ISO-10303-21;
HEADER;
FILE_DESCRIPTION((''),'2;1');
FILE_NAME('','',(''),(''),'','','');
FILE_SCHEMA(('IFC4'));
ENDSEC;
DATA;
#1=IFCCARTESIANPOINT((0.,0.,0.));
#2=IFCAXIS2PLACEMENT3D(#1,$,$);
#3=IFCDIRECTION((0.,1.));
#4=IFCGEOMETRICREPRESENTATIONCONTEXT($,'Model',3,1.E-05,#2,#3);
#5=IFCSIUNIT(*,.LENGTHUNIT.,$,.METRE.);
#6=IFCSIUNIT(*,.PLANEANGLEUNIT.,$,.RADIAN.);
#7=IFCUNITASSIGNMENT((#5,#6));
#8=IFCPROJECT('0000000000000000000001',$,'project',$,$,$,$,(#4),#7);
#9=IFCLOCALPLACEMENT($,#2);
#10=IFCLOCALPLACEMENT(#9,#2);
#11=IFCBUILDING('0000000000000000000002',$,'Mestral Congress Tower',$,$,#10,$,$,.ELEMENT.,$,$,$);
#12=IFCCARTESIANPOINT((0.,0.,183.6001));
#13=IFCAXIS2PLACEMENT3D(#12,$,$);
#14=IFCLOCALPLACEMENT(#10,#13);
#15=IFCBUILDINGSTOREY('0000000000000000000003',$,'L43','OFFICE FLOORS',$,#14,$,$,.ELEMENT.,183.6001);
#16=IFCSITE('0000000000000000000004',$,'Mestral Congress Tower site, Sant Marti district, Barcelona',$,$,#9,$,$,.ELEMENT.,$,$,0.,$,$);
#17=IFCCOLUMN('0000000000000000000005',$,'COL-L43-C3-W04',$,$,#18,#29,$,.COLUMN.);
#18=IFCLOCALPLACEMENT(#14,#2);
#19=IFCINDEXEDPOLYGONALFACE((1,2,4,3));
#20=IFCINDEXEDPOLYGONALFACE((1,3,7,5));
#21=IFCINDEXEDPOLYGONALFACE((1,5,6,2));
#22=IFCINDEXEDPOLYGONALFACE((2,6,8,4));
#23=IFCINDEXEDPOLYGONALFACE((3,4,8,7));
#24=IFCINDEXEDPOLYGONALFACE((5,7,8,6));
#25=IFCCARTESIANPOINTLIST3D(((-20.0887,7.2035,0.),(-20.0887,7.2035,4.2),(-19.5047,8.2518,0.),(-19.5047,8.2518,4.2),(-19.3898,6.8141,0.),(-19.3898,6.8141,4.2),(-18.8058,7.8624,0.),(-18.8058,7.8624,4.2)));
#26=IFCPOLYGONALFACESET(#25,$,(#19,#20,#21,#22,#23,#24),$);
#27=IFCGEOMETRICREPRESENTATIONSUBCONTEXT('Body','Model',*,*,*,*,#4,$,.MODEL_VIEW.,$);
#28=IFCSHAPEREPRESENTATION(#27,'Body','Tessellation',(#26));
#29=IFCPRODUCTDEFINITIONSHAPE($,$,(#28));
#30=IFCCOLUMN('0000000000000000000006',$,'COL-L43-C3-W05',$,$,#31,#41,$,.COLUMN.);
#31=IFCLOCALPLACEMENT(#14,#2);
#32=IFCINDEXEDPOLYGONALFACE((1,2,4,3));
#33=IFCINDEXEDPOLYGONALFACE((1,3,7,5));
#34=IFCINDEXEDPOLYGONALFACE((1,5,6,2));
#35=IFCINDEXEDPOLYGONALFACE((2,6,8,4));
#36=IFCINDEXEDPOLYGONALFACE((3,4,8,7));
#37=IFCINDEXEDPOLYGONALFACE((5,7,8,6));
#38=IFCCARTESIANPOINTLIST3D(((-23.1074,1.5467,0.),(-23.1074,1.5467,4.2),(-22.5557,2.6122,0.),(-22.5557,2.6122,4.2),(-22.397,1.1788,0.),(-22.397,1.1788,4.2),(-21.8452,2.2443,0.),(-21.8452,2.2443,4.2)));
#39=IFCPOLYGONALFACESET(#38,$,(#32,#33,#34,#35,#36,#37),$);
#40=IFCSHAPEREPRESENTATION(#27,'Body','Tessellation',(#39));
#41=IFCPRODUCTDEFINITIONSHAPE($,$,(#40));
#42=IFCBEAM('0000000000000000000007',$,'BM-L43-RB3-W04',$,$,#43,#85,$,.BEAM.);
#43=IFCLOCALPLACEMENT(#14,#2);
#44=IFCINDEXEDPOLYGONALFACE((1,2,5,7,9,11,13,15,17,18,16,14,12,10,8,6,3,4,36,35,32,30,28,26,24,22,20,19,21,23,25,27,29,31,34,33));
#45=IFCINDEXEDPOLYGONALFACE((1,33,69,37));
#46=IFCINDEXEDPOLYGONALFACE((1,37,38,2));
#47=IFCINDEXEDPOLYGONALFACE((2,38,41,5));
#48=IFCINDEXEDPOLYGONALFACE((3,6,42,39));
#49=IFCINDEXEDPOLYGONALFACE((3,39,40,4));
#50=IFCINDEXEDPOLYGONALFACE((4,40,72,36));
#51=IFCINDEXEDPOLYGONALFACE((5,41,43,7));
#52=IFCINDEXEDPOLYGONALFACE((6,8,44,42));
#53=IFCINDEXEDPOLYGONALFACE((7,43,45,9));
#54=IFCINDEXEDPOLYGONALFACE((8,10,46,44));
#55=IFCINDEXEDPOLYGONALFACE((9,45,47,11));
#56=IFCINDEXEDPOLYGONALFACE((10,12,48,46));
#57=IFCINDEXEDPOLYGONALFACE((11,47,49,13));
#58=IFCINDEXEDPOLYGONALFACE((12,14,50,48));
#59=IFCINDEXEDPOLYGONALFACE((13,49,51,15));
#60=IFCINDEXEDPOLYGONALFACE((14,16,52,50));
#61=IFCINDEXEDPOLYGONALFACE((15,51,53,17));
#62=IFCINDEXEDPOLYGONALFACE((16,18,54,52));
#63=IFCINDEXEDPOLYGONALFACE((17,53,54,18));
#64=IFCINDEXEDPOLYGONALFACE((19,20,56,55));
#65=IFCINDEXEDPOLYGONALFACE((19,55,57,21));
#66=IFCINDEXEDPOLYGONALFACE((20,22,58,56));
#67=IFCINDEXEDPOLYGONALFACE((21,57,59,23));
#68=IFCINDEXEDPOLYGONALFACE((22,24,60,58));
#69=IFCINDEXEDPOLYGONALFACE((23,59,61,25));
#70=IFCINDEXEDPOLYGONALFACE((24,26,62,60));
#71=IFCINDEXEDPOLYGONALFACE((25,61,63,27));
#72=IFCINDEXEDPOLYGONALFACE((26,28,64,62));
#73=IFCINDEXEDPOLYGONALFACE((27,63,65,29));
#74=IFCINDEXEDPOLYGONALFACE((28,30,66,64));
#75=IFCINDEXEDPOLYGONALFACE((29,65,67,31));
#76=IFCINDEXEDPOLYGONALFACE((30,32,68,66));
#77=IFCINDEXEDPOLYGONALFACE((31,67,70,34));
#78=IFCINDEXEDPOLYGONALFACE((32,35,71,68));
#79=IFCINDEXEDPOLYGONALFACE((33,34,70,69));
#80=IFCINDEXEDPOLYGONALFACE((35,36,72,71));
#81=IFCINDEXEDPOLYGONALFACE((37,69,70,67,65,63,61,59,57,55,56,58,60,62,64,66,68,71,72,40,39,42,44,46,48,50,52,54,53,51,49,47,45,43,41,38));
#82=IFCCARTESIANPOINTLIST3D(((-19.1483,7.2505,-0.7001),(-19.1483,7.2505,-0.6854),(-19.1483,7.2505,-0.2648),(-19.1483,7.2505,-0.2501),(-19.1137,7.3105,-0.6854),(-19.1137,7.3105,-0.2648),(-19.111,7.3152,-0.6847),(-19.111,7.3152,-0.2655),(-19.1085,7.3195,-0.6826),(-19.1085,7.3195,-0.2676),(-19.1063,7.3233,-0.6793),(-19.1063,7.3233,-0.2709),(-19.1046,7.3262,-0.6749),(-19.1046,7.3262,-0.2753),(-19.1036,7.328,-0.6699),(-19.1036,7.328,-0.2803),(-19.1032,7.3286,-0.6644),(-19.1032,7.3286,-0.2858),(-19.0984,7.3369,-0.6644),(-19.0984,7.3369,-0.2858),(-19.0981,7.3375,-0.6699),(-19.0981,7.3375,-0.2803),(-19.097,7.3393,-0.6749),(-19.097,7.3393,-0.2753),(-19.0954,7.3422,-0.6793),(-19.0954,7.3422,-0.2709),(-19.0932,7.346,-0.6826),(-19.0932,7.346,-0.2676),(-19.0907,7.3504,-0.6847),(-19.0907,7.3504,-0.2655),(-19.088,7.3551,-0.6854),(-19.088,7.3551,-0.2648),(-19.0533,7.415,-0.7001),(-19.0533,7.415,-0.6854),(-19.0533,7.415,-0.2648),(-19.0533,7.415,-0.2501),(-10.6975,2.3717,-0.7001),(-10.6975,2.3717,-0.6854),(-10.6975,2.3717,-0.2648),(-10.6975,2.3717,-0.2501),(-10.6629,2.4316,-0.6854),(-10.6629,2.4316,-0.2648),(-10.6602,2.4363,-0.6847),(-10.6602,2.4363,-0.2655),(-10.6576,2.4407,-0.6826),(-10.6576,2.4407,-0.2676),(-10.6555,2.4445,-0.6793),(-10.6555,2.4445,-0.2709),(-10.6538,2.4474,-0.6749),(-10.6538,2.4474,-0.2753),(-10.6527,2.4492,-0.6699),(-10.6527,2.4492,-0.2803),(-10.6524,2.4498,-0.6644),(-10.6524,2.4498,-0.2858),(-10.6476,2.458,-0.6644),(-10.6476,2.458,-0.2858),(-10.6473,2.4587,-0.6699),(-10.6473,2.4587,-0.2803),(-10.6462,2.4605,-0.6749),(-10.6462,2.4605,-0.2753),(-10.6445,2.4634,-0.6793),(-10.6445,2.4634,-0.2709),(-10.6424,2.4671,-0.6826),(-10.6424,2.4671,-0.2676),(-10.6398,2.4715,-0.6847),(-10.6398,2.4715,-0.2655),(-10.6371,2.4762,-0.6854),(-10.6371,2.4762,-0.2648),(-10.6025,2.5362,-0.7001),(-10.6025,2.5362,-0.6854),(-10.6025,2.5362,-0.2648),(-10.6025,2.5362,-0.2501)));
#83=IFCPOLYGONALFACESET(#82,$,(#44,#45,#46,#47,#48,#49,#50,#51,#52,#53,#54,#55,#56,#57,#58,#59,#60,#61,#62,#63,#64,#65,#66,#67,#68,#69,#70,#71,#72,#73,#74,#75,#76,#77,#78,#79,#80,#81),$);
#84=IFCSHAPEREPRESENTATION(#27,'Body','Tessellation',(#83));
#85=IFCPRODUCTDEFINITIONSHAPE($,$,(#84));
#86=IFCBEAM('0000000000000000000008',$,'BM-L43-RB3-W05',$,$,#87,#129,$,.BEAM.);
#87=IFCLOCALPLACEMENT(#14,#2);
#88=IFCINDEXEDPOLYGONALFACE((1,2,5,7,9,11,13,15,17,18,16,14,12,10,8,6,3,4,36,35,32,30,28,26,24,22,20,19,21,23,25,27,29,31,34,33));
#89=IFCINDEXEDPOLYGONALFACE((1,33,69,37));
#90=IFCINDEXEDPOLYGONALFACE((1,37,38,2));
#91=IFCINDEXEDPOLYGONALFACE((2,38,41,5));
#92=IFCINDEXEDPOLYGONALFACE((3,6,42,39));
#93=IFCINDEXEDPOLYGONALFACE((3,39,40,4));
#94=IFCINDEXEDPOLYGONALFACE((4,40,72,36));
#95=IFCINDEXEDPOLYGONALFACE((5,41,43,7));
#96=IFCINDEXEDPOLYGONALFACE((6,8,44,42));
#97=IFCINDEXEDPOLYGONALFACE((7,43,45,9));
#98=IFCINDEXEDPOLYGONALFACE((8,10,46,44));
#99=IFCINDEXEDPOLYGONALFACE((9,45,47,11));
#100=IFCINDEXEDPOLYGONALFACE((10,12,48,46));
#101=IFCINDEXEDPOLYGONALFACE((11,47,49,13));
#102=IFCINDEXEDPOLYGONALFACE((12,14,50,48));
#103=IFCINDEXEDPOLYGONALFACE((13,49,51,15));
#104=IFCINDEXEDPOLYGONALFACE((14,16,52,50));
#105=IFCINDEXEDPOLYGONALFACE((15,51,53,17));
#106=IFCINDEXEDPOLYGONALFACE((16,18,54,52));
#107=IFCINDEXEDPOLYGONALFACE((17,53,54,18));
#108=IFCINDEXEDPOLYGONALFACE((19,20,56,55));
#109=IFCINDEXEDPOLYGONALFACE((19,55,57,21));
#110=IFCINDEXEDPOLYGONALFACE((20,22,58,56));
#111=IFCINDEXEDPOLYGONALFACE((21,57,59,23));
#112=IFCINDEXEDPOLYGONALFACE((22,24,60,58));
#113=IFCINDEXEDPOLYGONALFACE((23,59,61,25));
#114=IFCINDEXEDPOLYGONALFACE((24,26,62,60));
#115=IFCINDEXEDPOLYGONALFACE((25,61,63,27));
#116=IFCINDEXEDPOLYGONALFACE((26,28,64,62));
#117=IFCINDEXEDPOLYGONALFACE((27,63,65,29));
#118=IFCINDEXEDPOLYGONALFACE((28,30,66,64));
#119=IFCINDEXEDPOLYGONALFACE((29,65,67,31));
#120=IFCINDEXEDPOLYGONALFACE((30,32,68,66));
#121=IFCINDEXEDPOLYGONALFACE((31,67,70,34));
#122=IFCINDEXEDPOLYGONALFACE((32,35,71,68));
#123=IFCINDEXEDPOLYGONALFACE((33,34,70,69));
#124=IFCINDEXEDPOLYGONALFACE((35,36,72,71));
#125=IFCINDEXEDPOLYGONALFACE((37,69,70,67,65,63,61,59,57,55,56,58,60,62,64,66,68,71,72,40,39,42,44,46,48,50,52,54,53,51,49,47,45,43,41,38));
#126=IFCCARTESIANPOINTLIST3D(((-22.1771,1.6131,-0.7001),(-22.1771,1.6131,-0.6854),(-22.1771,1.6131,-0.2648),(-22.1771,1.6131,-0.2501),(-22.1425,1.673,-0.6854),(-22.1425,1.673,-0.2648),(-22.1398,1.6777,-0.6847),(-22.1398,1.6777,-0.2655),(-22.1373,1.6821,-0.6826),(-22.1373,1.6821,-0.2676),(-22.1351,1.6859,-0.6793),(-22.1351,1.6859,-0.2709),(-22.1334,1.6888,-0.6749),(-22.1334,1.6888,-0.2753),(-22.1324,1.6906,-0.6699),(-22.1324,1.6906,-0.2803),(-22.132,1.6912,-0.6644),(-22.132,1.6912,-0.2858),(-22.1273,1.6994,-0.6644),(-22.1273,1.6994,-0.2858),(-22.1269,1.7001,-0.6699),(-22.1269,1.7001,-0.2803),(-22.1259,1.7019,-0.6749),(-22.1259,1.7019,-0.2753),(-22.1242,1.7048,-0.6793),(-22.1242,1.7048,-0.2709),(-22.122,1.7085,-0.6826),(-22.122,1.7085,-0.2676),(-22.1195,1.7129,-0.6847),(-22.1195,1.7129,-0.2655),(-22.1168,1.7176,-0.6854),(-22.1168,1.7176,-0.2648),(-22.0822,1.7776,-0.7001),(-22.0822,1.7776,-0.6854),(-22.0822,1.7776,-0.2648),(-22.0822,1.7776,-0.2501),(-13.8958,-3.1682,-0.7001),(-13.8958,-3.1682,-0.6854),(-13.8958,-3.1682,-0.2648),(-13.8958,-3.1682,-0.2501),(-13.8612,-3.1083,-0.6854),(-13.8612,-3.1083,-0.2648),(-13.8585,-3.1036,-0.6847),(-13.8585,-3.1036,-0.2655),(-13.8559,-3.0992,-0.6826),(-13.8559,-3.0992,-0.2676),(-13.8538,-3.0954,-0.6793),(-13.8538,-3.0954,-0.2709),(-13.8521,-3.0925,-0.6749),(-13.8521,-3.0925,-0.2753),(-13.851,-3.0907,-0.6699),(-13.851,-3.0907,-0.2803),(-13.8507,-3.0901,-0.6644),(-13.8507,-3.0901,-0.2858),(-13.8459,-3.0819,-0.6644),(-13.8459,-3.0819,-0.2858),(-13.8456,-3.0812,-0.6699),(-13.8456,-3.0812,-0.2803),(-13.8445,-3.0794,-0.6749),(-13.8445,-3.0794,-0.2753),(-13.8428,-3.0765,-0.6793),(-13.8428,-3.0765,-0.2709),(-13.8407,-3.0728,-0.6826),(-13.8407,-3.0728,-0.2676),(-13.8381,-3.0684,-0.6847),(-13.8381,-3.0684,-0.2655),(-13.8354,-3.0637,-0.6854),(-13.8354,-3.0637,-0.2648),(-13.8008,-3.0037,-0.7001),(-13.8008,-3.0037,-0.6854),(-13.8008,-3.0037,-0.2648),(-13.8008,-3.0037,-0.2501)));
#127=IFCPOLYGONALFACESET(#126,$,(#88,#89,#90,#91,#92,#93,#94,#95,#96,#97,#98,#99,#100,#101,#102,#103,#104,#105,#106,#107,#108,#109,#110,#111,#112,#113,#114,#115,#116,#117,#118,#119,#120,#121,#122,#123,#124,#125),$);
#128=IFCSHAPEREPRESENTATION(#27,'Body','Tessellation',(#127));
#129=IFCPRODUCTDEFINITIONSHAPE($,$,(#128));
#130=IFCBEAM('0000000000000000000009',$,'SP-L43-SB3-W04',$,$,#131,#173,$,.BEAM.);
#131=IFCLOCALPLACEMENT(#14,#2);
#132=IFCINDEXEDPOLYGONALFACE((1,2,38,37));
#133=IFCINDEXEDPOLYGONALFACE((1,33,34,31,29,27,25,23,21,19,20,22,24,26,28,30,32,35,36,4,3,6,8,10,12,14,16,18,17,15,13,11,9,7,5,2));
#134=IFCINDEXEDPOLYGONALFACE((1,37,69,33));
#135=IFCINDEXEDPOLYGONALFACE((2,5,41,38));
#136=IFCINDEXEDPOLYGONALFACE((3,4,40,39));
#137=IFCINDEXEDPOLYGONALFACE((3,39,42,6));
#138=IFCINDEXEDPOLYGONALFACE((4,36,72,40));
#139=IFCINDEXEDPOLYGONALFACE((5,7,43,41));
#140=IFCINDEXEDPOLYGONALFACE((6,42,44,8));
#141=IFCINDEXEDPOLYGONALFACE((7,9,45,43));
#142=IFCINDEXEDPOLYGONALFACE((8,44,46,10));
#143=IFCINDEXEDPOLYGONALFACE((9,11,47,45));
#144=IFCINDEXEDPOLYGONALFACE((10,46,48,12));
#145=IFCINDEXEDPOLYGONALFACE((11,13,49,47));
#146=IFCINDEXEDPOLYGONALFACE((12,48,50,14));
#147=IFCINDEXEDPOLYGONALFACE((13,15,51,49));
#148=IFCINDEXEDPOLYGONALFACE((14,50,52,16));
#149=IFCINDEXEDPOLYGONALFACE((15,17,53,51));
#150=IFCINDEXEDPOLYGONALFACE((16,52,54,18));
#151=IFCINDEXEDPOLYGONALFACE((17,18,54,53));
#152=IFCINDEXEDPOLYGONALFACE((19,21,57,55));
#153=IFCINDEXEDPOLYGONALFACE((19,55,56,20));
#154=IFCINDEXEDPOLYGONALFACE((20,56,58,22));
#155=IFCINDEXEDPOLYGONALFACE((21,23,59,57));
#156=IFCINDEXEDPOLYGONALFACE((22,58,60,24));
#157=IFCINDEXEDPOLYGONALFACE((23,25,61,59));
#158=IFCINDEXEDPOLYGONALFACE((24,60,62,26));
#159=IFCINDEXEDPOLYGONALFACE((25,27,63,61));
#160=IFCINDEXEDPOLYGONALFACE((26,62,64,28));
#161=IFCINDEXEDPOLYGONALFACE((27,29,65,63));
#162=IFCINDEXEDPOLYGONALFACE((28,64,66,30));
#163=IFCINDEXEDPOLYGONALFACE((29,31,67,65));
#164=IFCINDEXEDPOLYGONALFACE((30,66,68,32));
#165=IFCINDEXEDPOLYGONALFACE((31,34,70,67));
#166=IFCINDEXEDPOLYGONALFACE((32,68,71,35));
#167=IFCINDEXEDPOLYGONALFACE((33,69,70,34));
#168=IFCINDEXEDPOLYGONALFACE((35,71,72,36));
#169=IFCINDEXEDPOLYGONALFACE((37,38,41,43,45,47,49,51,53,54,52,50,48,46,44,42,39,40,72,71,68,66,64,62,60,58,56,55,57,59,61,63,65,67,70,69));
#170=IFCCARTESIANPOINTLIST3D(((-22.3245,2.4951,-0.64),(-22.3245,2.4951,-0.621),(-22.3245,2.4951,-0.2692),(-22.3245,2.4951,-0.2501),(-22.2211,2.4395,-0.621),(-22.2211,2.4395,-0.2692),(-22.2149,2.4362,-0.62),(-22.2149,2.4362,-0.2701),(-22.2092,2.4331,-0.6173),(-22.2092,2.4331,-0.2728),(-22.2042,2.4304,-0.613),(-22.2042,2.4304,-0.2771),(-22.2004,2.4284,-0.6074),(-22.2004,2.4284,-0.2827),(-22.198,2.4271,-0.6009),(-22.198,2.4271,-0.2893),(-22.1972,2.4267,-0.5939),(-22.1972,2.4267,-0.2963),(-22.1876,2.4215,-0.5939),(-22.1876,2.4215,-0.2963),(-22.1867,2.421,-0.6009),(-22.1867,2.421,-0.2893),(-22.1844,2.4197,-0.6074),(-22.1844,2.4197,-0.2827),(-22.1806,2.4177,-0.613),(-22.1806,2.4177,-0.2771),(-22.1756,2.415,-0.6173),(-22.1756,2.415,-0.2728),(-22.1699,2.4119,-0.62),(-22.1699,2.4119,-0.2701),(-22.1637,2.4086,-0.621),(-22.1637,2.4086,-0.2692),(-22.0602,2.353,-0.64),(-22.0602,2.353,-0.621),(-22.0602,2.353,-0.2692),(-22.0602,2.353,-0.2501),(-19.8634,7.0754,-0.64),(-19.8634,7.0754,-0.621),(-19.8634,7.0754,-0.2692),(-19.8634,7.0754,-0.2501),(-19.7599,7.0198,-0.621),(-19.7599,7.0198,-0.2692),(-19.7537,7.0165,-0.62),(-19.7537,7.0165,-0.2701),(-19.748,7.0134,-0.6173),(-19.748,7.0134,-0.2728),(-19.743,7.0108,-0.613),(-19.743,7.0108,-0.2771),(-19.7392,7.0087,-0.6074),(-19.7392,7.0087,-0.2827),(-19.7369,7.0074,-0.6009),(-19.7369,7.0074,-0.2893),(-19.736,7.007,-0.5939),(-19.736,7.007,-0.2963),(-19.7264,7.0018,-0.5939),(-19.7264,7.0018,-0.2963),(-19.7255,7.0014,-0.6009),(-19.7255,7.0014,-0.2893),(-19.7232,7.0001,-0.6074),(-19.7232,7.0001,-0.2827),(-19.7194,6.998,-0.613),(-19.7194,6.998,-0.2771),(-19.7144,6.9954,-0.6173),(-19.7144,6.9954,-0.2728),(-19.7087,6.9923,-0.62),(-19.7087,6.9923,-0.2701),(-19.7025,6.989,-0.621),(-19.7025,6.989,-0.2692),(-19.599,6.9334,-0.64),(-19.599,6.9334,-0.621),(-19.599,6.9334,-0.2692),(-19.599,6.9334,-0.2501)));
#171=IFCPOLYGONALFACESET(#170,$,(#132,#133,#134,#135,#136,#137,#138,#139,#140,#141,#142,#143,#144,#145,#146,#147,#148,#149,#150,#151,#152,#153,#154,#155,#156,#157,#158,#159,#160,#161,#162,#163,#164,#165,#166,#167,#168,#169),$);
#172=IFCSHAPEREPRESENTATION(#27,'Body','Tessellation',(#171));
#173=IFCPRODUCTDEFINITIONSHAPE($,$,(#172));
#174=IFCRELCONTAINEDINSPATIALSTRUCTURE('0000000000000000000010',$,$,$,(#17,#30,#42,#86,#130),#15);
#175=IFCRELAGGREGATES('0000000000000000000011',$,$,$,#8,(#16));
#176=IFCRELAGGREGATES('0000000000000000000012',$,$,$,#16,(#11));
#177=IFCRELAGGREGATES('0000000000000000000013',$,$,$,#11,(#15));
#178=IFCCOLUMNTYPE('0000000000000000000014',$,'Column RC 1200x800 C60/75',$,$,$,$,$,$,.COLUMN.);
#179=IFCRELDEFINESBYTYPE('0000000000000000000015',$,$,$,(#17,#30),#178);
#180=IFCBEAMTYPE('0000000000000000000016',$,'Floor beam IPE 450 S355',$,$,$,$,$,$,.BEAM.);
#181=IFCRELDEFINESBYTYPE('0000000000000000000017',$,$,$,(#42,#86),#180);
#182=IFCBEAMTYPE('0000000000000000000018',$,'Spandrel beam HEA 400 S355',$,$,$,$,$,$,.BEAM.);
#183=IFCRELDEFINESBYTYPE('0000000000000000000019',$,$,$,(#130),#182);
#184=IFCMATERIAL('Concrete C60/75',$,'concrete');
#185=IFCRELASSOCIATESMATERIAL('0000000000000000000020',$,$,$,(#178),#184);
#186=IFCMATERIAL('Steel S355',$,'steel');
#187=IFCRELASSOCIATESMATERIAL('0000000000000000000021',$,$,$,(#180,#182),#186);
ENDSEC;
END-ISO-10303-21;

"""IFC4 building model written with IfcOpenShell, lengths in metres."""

from ifc_helpers import new_model, si_unit, direction, frame, origin, origin_2d, place, context, subcontext, project, spatial, rectangle, i_section, extrude, material, material_profile, profile_set, type_object, element, save


model = new_model("IFC4")

# Units and contexts
model_context = context("Model", 3, precision=1e-05, world=origin(), true_north=direction((0.0, 1.0)))
body_context = subcontext(model_context, "Body", "Model", "MODEL_VIEW")
ifc_project = project(units=[si_unit("LENGTHUNIT", "METRE"), si_unit("PLANEANGLEUNIT", "RADIAN")], contexts=[model_context])

# Site, building, storey
site_placement = place(None, origin())
site = spatial("IfcSite", under=ifc_project, at=site_placement, Name="Mestral Congress Tower site, Sant Marti district, Barcelona", CompositionType="ELEMENT", RefElevation=0.0)
building_placement = place(site_placement, origin())
building = spatial("IfcBuilding", under=site, at=building_placement, Name="Mestral Congress Tower", CompositionType="ELEMENT")
storey_placement = place(building_placement, frame((0.0, 0.0, 183.6001)))
storey = spatial("IfcBuildingStorey", under=building, at=storey_placement, Name="L43", Description="OFFICE FLOORS", CompositionType="ELEMENT", Elevation=183.6001)

# Columns
ifc_material_1 = material(Name="Concrete C60/75", Category="concrete")
ifc_material_profile_1 = material_profile(ifc_material_1, rectangle(XDim=1.2, YDim=0.8, at=origin_2d()), Name="RC 1200x800")
ifc_profile_set_1 = profile_set([ifc_material_profile_1], Name="Concrete C60/75")
column_type = type_object("IfcColumnType", Name="Column RC 1200x800 C60/75", PredefinedType="COLUMN", material=ifc_profile_set_1)
for number, where, z_axis, x_axis, name in (
    (1, (-19.4473, 7.533, 0.0), (0.0, 0.0, 1.0), (-0.486724, -0.873556, 0.0), "COL-L43-C3-W04"),
    (2, (-22.4763, 1.8955, 0.0), (0.0, 0.0, 1.0), (-0.459837, -0.888003, 0.0), "COL-L43-C3-W05"),
):
    element("IfcColumn", number, at=place(storey_placement, frame(where, z_axis=z_axis, x_axis=x_axis)), inside=storey, type_object=column_type, Name=name, PredefinedType="COLUMN", context=body_context, shape_type="SweptSolid", body=[
        extrude(rectangle(XDim=1.2, YDim=0.8, at=origin_2d()), origin(), (0.0, 0.0, 1.0), 4.2),
    ])

# Beams
ifc_material_2 = material(Name="Steel S355", Category="steel")
ifc_material_profile_2 = material_profile(ifc_material_2, i_section(OverallWidth=0.1899, OverallDepth=0.45, WebThickness=0.0095, FlangeThickness=0.0146, FilletRadius=0.021, at=origin_2d()), Name="IPE 450")
ifc_profile_set_2 = profile_set([ifc_material_profile_2], Name="Steel S355")
beam_type_1 = type_object("IfcBeamType", Name="Floor beam IPE 450 S355", PredefinedType="BEAM", material=ifc_profile_set_2)
beam_1_placement = place(storey_placement, frame((-19.1008, 7.3328, -0.4751), z_axis=(0.866036, -0.499982, 0.0), x_axis=(0.499982, 0.866036, 0.0)))
element("IfcBeam", 3, at=beam_1_placement, inside=storey, type_object=beam_type_1, Name="BM-L43-RB3-W04", PredefinedType="BEAM", context=body_context, shape_type="SweptSolid", body=[
    extrude(i_section(OverallWidth=0.1899, OverallDepth=0.45, WebThickness=0.0095, FlangeThickness=0.0146, FilletRadius=0.021, at=origin_2d()), origin(), (0.0, 0.0, 1.0), 9.7581),
])
beam_2_placement = place(storey_placement, frame((-22.1296, 1.6953, -0.4751), z_axis=(0.866022, -0.500005, 0.0), x_axis=(0.500005, 0.866022, 0.0)))
element("IfcBeam", 4, at=beam_2_placement, inside=storey, type_object=beam_type_1, Name="BM-L43-RB3-W05", PredefinedType="BEAM", context=body_context, shape_type="SweptSolid", body=[
    extrude(i_section(OverallWidth=0.1899, OverallDepth=0.45, WebThickness=0.0095, FlangeThickness=0.0146, FilletRadius=0.021, at=origin_2d()), origin(), (0.0, 0.0, 1.0), 9.5625),
])
ifc_material_profile_3 = material_profile(ifc_material_2, i_section(OverallWidth=0.3, OverallDepth=0.3899, WebThickness=0.011, FlangeThickness=0.019, FilletRadius=0.0271, at=origin_2d()), Name="HEA 400")
ifc_profile_set_3 = profile_set([ifc_material_profile_3], Name="Steel S355")
beam_type_2 = type_object("IfcBeamType", Name="Spandrel beam HEA 400 S355", PredefinedType="BEAM", material=ifc_profile_set_3)
beam_3_placement = place(storey_placement, frame((-19.7312, 7.0044, -0.4451), z_axis=(-0.473332, -0.880884, 0.0), x_axis=(0.880884, -0.473332, 0.0)))
element("IfcBeam", 5, at=beam_3_placement, inside=storey, type_object=beam_type_2, Name="SP-L43-SB3-W04", PredefinedType="BEAM", context=body_context, shape_type="SweptSolid", body=[
    extrude(i_section(OverallWidth=0.3, OverallDepth=0.3899, WebThickness=0.011, FlangeThickness=0.019, FilletRadius=0.0271, at=origin_2d()), origin(), (0.0, 0.0, 1.0), 5.1997),
])

save(model, "model.ifc")
